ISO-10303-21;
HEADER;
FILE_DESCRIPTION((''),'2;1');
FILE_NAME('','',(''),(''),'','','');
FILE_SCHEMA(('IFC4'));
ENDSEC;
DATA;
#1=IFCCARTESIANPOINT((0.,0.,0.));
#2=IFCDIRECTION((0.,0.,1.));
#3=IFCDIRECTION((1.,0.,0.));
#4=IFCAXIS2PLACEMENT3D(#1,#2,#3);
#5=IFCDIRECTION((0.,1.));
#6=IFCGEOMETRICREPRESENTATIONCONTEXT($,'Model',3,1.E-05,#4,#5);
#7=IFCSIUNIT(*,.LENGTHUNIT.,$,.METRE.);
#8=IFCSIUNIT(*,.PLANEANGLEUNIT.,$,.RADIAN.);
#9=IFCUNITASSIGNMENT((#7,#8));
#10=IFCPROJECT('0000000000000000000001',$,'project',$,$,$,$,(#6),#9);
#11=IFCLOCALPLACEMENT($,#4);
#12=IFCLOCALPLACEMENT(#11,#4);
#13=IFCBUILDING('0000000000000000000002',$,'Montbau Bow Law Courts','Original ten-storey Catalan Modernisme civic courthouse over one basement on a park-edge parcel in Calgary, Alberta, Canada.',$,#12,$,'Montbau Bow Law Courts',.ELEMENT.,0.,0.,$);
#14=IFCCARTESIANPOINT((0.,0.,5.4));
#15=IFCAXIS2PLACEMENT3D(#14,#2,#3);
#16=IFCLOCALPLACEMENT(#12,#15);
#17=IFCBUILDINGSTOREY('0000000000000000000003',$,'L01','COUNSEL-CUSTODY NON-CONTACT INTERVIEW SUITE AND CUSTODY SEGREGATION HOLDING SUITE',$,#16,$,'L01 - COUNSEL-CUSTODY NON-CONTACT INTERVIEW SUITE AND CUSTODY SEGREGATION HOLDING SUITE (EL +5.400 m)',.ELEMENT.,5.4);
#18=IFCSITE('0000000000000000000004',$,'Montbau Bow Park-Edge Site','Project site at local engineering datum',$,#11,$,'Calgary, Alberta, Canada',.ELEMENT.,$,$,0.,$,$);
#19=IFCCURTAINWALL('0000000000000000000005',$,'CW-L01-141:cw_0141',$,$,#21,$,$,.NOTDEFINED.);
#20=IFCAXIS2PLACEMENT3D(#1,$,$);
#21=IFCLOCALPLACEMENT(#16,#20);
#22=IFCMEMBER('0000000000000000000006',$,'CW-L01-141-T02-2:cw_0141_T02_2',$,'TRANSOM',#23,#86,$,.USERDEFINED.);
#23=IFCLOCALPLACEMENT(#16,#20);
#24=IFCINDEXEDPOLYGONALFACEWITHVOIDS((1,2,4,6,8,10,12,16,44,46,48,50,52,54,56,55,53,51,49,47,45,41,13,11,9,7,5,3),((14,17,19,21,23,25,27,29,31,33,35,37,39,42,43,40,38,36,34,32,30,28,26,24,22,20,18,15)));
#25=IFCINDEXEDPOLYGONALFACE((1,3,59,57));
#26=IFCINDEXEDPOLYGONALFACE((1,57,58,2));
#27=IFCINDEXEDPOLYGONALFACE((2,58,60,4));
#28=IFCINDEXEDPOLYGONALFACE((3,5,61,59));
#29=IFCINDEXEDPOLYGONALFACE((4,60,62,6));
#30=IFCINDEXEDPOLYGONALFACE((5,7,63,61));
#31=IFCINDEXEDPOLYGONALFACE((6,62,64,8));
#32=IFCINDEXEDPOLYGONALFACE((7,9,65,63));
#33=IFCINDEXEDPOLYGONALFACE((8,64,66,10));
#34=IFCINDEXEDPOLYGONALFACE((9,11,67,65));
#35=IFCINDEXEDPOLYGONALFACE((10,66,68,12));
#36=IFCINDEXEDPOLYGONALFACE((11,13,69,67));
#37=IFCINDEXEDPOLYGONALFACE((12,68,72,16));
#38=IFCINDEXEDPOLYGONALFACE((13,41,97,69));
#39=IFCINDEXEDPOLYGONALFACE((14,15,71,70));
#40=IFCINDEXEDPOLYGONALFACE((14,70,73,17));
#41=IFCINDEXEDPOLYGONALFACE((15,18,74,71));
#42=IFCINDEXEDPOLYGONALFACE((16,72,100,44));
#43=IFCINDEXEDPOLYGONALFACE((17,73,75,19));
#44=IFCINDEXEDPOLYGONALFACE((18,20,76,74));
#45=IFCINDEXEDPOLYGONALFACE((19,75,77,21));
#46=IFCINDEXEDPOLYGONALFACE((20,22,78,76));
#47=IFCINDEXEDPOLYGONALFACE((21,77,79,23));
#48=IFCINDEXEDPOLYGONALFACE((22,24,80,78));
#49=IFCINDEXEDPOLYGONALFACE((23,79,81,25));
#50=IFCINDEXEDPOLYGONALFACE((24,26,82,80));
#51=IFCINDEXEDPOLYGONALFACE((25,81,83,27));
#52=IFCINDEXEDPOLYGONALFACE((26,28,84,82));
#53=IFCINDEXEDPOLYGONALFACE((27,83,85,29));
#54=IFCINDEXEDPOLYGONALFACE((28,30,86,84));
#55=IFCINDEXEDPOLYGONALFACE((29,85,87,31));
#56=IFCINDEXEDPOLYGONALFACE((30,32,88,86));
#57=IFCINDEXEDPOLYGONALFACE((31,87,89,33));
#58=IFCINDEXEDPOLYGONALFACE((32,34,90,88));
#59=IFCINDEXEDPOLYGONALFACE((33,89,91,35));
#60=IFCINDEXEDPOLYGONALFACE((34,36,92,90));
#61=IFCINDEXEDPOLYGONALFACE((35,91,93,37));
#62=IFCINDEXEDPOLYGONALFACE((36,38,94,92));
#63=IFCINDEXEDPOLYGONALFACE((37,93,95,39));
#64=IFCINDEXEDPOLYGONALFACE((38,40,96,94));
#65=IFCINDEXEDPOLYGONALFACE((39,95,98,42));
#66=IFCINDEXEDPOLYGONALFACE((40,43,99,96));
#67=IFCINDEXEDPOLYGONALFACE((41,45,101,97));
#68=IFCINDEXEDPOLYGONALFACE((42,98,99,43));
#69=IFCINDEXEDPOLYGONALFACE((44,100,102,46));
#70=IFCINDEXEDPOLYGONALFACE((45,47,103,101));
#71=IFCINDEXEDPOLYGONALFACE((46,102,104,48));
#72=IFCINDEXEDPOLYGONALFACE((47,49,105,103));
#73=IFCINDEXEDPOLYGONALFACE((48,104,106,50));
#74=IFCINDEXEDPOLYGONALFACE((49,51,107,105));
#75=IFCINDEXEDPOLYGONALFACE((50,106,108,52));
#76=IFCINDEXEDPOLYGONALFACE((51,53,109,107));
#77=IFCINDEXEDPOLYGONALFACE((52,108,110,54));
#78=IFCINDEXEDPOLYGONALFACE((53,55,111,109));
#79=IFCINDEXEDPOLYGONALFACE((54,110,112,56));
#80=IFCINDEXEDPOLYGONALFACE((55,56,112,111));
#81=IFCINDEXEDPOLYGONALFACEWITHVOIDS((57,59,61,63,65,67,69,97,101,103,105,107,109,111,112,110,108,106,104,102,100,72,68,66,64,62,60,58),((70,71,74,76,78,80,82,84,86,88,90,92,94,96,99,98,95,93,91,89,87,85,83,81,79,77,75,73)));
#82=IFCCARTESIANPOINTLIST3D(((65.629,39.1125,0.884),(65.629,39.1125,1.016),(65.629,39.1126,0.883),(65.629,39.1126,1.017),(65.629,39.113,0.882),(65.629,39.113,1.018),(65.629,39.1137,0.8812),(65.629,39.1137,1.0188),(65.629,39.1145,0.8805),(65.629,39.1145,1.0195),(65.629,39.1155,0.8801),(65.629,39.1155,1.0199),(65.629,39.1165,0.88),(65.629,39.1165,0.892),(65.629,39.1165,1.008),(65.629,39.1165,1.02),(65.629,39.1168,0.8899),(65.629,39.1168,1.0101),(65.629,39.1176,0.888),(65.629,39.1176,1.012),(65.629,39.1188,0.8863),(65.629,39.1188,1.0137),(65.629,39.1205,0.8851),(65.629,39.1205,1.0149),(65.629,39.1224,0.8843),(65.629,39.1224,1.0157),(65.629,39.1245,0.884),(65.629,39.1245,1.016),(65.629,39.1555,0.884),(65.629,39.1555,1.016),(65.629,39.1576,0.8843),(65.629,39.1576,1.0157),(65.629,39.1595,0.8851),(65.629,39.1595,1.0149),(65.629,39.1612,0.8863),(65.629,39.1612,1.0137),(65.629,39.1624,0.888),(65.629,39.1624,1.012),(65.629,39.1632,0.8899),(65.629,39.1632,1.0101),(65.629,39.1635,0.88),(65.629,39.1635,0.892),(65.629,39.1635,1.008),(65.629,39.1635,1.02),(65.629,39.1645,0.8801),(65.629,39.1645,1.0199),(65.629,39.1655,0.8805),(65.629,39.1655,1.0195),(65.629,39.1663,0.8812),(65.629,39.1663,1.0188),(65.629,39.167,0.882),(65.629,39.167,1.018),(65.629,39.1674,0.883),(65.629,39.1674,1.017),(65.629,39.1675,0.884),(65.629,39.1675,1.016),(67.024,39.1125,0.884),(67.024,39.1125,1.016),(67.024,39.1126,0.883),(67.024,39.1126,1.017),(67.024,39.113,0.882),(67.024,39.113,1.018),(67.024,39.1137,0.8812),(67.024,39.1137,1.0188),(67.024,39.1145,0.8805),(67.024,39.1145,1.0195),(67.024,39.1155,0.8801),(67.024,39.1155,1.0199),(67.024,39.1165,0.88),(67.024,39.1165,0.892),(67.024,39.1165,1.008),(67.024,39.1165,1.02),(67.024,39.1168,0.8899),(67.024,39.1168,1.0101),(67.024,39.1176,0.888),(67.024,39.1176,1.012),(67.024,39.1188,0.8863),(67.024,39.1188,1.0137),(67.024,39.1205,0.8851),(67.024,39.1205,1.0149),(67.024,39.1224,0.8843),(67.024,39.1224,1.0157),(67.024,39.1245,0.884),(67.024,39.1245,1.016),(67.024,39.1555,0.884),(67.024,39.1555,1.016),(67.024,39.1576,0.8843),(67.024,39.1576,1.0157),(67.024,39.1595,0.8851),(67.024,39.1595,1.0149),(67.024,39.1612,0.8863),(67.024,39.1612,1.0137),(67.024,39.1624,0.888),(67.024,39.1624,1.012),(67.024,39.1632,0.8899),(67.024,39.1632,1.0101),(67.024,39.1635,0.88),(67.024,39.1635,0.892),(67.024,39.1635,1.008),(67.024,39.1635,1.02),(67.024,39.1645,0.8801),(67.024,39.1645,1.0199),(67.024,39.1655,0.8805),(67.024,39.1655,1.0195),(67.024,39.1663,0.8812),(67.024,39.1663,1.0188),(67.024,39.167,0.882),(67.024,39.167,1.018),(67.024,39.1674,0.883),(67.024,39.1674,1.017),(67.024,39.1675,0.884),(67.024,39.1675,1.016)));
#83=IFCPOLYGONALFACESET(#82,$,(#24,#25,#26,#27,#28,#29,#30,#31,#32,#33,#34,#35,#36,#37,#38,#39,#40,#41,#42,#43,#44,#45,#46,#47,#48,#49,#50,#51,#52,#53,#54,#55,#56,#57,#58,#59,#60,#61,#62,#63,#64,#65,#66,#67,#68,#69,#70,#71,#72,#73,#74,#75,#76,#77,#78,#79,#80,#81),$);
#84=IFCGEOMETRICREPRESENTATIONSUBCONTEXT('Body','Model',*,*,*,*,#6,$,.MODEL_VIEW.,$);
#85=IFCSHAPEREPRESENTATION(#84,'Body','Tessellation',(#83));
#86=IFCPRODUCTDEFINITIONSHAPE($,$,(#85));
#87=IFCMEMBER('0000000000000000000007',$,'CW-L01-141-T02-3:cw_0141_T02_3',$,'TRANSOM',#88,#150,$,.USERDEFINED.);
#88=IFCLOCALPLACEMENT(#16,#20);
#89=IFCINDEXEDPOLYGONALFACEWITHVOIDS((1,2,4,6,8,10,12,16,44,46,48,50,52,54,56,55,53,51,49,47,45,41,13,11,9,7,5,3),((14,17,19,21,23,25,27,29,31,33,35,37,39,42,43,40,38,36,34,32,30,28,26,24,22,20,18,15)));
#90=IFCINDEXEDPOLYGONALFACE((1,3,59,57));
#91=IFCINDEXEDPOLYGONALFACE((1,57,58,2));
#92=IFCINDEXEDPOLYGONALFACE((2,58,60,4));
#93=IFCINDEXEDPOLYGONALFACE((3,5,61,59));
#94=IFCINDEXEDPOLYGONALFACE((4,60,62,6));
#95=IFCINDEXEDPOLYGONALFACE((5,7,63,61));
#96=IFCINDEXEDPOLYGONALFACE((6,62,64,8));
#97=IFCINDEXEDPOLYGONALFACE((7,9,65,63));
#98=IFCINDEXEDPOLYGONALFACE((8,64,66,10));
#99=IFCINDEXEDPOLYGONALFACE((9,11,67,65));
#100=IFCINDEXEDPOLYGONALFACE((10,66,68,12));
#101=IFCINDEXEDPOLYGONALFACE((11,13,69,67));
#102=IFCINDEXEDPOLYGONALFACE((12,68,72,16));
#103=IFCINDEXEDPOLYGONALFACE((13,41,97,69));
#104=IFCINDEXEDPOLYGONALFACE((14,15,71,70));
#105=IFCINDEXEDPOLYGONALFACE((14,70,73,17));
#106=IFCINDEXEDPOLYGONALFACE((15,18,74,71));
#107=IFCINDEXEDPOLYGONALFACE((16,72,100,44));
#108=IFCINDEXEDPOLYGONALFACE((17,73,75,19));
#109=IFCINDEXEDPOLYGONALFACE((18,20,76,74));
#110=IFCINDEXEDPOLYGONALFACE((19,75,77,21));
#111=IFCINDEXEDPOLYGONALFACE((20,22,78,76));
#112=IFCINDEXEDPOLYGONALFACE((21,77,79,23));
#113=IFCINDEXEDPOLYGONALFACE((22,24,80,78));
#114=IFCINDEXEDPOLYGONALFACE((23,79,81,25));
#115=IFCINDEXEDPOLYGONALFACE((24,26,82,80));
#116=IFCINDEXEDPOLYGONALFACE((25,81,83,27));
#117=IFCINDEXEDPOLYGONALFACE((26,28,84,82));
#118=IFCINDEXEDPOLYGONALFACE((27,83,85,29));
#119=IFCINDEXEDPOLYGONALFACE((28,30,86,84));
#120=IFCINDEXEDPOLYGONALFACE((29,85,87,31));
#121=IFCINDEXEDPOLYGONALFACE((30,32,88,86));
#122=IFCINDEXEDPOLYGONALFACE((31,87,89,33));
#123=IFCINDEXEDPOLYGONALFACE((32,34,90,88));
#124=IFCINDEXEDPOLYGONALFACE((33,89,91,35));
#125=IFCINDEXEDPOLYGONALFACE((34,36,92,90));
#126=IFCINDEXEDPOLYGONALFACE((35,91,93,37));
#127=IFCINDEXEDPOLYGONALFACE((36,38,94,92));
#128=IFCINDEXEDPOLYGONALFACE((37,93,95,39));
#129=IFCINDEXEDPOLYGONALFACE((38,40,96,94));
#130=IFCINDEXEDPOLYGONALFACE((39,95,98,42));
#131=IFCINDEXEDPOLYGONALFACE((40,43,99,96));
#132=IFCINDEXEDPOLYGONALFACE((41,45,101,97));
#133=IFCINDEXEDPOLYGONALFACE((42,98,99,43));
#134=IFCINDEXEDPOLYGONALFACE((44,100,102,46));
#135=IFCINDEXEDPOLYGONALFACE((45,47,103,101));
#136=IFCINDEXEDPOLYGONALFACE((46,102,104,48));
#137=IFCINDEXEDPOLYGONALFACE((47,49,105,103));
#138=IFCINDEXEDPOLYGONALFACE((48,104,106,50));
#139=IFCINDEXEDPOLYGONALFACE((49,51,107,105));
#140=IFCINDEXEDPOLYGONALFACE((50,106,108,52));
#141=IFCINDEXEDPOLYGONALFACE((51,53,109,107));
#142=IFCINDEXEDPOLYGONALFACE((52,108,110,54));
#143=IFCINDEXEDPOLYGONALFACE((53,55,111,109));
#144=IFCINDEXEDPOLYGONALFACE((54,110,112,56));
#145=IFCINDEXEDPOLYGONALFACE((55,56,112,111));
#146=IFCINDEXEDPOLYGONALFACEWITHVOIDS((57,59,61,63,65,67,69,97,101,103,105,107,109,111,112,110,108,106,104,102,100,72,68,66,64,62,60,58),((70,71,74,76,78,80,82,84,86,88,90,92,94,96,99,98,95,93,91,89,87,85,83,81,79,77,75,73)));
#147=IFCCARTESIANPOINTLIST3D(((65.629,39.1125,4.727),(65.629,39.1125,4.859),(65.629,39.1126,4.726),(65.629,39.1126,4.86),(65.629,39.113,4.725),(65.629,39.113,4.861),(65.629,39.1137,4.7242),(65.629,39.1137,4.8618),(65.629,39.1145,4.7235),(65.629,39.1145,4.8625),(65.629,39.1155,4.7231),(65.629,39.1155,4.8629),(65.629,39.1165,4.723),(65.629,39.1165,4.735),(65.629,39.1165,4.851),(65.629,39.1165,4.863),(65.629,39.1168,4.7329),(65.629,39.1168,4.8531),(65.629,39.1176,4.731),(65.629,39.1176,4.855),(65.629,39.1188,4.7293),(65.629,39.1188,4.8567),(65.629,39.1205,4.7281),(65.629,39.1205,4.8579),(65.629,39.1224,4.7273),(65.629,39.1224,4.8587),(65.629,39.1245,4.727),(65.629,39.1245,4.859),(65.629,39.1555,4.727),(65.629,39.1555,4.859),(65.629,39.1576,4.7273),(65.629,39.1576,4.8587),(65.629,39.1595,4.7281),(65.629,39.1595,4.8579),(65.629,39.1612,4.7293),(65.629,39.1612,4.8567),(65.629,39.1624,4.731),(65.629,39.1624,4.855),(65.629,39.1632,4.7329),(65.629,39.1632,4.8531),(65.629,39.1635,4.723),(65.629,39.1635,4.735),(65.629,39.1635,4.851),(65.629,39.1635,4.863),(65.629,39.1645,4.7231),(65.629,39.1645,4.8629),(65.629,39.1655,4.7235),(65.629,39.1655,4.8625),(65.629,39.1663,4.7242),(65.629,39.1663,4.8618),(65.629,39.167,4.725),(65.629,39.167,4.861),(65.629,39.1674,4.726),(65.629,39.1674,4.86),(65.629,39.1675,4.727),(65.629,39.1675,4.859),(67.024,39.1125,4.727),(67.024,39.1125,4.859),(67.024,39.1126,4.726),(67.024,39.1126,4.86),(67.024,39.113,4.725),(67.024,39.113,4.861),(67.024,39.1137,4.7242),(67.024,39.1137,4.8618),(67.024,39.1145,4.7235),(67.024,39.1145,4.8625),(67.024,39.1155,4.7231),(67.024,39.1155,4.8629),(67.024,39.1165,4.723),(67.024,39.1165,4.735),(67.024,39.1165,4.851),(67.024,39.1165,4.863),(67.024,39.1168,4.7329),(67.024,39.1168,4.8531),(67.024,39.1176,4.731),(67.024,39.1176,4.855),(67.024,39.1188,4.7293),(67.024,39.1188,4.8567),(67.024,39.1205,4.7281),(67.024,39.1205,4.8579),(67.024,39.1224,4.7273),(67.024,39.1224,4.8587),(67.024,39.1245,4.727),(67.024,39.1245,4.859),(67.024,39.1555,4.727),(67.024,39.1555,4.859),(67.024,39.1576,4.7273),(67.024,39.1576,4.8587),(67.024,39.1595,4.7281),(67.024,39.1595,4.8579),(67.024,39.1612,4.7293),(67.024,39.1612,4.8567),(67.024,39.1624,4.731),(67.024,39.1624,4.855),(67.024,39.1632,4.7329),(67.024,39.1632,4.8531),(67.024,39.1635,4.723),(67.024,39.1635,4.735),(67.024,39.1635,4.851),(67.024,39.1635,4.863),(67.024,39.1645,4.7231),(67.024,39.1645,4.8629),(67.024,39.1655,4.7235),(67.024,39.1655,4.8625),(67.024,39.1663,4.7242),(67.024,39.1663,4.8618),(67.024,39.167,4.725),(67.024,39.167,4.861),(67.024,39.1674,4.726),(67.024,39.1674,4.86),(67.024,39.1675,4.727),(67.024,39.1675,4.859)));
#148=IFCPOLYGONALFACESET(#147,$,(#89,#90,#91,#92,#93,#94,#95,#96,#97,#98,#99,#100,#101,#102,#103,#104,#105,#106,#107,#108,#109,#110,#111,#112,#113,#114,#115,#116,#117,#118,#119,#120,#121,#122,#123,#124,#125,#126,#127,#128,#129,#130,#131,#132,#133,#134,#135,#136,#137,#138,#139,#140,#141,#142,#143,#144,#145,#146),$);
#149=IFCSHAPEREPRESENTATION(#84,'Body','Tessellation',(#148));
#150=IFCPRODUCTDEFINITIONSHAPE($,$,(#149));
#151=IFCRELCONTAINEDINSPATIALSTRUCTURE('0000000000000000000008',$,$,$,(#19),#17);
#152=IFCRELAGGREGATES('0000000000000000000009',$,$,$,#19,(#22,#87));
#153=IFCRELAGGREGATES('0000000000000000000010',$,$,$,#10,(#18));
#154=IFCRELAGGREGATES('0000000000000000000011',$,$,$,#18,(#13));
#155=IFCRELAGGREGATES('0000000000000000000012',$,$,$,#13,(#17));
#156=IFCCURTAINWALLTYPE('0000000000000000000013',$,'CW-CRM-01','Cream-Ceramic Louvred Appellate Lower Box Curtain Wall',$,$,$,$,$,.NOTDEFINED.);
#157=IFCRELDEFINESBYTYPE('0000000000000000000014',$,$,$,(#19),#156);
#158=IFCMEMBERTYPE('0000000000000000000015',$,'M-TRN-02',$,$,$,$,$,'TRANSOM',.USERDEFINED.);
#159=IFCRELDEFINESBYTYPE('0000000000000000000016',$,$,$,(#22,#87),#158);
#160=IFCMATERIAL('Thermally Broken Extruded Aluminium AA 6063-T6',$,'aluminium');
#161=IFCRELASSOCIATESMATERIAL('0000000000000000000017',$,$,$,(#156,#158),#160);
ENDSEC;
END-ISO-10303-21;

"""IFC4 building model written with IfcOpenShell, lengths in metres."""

from ifc_helpers import new_model, si_unit, direction, frame, origin_with_axes, origin_2d_with_axis, place, context, subcontext, project, spatial, hollow_rectangle, extrude, material, material_profile, profile_set, type_object, element, aggregate, save


model = new_model("IFC4")

# Units and contexts
model_context = context("Model", 3, precision=1e-05, world=origin_with_axes(), true_north=direction((0.0, 1.0)))
body_context = subcontext(model_context, "Body", "Model", "MODEL_VIEW")
ifc_project = project(units=[si_unit("LENGTHUNIT", "METRE"), si_unit("PLANEANGLEUNIT", "RADIAN")], contexts=[model_context])

# Site, building, storey
site_placement = place(None, origin_with_axes())
site = spatial("IfcSite", under=ifc_project, at=site_placement, Name="Montbau Bow Park-Edge Site", Description="Project site at local engineering datum", LongName="Calgary, Alberta, Canada", CompositionType="ELEMENT", RefElevation=0.0)
building_placement = place(site_placement, origin_with_axes())
building = spatial("IfcBuilding", under=site, at=building_placement, Name="Montbau Bow Law Courts", Description="Original ten-storey Catalan Modernisme civic courthouse over one basement on a park-edge parcel in Calgary, Alberta, Canada.", LongName="Montbau Bow Law Courts", CompositionType="ELEMENT", ElevationOfRefHeight=0.0, ElevationOfTerrain=0.0)
storey_placement = place(building_placement, frame((0.0, 0.0, 5.4), z_axis=(0.0, 0.0, 1.0), x_axis=(1.0, 0.0, 0.0)))
storey = spatial("IfcBuildingStorey", under=building, at=storey_placement, Name="L01", Description="COUNSEL-CUSTODY NON-CONTACT INTERVIEW SUITE AND CUSTODY SEGREGATION HOLDING SUITE", LongName="L01 - COUNSEL-CUSTODY NON-CONTACT INTERVIEW SUITE AND CUSTODY SEGREGATION HOLDING SUITE (EL +5.400 m)", CompositionType="ELEMENT", Elevation=5.4)

# Curtain wall, members
ifc_material_1 = material(Name="Thermally Broken Extruded Aluminium AA 6063-T6", Category="aluminium")
curtain_wall_type = type_object("IfcCurtainWallType", Name="CW-CRM-01", Description="Cream-Ceramic Louvred Appellate Lower Box Curtain Wall", PredefinedType="NOTDEFINED", material=ifc_material_1)
curtain_wall_placement = place(None, frame((64.115, 39.14, 5.4), z_axis=(0.0, 0.0, 1.0), x_axis=(1.0, 0.0, 0.0)))
curtain_wall = element("IfcCurtainWall", 1, at=curtain_wall_placement, inside=storey, type_object=curtain_wall_type, Name="CW-L01-141:cw_0141", PredefinedType="NOTDEFINED")
ifc_material_profile_1 = material_profile(ifc_material_1, hollow_rectangle(XDim=0.055, YDim=0.14, WallThickness=0.004, InnerFilletRadius=0.008, OuterFilletRadius=0.004, at=origin_2d_with_axis()), Name="CWT-140X55", Category="Main", Priority=0)
ifc_profile_set_1 = profile_set([ifc_material_profile_1], Name="Thermally Broken Extruded Aluminium AA 6063-T6")
member_type_1 = type_object("IfcMemberType", Name="M-TRN-02", ElementType="TRANSOM", PredefinedType="USERDEFINED", material=ifc_profile_set_1)
member_1_placement = place(None, frame((65.629, 39.14, 6.35), z_axis=(1.0, 0.0, 0.0), x_axis=(0.0, 1.0, 0.0)))
member_1 = element("IfcMember", 2, at=member_1_placement, type_object=member_type_1, Name="CW-L01-141-T02-2:cw_0141_T02_2", ObjectType="TRANSOM", PredefinedType="USERDEFINED", context=body_context, shape_type="SweptSolid", body=[
    extrude(hollow_rectangle(XDim=0.055, YDim=0.14, WallThickness=0.004, InnerFilletRadius=0.008, OuterFilletRadius=0.004, at=origin_2d_with_axis()), origin_with_axes(), (0.0, 0.0, 1.0), 1.395),
])
member_2_placement = place(None, frame((65.629, 39.14, 10.193), z_axis=(1.0, 0.0, 0.0), x_axis=(0.0, 1.0, 0.0)))
member_2 = element("IfcMember", 3, at=member_2_placement, type_object=member_type_1, Name="CW-L01-141-T02-3:cw_0141_T02_3", ObjectType="TRANSOM", PredefinedType="USERDEFINED", context=body_context, shape_type="SweptSolid", body=[
    extrude(hollow_rectangle(XDim=0.055, YDim=0.14, WallThickness=0.004, InnerFilletRadius=0.008, OuterFilletRadius=0.004, at=origin_2d_with_axis()), origin_with_axes(), (0.0, 0.0, 1.0), 1.395),
])
aggregate(curtain_wall, [member_1, member_2])

save(model, "model.ifc")
